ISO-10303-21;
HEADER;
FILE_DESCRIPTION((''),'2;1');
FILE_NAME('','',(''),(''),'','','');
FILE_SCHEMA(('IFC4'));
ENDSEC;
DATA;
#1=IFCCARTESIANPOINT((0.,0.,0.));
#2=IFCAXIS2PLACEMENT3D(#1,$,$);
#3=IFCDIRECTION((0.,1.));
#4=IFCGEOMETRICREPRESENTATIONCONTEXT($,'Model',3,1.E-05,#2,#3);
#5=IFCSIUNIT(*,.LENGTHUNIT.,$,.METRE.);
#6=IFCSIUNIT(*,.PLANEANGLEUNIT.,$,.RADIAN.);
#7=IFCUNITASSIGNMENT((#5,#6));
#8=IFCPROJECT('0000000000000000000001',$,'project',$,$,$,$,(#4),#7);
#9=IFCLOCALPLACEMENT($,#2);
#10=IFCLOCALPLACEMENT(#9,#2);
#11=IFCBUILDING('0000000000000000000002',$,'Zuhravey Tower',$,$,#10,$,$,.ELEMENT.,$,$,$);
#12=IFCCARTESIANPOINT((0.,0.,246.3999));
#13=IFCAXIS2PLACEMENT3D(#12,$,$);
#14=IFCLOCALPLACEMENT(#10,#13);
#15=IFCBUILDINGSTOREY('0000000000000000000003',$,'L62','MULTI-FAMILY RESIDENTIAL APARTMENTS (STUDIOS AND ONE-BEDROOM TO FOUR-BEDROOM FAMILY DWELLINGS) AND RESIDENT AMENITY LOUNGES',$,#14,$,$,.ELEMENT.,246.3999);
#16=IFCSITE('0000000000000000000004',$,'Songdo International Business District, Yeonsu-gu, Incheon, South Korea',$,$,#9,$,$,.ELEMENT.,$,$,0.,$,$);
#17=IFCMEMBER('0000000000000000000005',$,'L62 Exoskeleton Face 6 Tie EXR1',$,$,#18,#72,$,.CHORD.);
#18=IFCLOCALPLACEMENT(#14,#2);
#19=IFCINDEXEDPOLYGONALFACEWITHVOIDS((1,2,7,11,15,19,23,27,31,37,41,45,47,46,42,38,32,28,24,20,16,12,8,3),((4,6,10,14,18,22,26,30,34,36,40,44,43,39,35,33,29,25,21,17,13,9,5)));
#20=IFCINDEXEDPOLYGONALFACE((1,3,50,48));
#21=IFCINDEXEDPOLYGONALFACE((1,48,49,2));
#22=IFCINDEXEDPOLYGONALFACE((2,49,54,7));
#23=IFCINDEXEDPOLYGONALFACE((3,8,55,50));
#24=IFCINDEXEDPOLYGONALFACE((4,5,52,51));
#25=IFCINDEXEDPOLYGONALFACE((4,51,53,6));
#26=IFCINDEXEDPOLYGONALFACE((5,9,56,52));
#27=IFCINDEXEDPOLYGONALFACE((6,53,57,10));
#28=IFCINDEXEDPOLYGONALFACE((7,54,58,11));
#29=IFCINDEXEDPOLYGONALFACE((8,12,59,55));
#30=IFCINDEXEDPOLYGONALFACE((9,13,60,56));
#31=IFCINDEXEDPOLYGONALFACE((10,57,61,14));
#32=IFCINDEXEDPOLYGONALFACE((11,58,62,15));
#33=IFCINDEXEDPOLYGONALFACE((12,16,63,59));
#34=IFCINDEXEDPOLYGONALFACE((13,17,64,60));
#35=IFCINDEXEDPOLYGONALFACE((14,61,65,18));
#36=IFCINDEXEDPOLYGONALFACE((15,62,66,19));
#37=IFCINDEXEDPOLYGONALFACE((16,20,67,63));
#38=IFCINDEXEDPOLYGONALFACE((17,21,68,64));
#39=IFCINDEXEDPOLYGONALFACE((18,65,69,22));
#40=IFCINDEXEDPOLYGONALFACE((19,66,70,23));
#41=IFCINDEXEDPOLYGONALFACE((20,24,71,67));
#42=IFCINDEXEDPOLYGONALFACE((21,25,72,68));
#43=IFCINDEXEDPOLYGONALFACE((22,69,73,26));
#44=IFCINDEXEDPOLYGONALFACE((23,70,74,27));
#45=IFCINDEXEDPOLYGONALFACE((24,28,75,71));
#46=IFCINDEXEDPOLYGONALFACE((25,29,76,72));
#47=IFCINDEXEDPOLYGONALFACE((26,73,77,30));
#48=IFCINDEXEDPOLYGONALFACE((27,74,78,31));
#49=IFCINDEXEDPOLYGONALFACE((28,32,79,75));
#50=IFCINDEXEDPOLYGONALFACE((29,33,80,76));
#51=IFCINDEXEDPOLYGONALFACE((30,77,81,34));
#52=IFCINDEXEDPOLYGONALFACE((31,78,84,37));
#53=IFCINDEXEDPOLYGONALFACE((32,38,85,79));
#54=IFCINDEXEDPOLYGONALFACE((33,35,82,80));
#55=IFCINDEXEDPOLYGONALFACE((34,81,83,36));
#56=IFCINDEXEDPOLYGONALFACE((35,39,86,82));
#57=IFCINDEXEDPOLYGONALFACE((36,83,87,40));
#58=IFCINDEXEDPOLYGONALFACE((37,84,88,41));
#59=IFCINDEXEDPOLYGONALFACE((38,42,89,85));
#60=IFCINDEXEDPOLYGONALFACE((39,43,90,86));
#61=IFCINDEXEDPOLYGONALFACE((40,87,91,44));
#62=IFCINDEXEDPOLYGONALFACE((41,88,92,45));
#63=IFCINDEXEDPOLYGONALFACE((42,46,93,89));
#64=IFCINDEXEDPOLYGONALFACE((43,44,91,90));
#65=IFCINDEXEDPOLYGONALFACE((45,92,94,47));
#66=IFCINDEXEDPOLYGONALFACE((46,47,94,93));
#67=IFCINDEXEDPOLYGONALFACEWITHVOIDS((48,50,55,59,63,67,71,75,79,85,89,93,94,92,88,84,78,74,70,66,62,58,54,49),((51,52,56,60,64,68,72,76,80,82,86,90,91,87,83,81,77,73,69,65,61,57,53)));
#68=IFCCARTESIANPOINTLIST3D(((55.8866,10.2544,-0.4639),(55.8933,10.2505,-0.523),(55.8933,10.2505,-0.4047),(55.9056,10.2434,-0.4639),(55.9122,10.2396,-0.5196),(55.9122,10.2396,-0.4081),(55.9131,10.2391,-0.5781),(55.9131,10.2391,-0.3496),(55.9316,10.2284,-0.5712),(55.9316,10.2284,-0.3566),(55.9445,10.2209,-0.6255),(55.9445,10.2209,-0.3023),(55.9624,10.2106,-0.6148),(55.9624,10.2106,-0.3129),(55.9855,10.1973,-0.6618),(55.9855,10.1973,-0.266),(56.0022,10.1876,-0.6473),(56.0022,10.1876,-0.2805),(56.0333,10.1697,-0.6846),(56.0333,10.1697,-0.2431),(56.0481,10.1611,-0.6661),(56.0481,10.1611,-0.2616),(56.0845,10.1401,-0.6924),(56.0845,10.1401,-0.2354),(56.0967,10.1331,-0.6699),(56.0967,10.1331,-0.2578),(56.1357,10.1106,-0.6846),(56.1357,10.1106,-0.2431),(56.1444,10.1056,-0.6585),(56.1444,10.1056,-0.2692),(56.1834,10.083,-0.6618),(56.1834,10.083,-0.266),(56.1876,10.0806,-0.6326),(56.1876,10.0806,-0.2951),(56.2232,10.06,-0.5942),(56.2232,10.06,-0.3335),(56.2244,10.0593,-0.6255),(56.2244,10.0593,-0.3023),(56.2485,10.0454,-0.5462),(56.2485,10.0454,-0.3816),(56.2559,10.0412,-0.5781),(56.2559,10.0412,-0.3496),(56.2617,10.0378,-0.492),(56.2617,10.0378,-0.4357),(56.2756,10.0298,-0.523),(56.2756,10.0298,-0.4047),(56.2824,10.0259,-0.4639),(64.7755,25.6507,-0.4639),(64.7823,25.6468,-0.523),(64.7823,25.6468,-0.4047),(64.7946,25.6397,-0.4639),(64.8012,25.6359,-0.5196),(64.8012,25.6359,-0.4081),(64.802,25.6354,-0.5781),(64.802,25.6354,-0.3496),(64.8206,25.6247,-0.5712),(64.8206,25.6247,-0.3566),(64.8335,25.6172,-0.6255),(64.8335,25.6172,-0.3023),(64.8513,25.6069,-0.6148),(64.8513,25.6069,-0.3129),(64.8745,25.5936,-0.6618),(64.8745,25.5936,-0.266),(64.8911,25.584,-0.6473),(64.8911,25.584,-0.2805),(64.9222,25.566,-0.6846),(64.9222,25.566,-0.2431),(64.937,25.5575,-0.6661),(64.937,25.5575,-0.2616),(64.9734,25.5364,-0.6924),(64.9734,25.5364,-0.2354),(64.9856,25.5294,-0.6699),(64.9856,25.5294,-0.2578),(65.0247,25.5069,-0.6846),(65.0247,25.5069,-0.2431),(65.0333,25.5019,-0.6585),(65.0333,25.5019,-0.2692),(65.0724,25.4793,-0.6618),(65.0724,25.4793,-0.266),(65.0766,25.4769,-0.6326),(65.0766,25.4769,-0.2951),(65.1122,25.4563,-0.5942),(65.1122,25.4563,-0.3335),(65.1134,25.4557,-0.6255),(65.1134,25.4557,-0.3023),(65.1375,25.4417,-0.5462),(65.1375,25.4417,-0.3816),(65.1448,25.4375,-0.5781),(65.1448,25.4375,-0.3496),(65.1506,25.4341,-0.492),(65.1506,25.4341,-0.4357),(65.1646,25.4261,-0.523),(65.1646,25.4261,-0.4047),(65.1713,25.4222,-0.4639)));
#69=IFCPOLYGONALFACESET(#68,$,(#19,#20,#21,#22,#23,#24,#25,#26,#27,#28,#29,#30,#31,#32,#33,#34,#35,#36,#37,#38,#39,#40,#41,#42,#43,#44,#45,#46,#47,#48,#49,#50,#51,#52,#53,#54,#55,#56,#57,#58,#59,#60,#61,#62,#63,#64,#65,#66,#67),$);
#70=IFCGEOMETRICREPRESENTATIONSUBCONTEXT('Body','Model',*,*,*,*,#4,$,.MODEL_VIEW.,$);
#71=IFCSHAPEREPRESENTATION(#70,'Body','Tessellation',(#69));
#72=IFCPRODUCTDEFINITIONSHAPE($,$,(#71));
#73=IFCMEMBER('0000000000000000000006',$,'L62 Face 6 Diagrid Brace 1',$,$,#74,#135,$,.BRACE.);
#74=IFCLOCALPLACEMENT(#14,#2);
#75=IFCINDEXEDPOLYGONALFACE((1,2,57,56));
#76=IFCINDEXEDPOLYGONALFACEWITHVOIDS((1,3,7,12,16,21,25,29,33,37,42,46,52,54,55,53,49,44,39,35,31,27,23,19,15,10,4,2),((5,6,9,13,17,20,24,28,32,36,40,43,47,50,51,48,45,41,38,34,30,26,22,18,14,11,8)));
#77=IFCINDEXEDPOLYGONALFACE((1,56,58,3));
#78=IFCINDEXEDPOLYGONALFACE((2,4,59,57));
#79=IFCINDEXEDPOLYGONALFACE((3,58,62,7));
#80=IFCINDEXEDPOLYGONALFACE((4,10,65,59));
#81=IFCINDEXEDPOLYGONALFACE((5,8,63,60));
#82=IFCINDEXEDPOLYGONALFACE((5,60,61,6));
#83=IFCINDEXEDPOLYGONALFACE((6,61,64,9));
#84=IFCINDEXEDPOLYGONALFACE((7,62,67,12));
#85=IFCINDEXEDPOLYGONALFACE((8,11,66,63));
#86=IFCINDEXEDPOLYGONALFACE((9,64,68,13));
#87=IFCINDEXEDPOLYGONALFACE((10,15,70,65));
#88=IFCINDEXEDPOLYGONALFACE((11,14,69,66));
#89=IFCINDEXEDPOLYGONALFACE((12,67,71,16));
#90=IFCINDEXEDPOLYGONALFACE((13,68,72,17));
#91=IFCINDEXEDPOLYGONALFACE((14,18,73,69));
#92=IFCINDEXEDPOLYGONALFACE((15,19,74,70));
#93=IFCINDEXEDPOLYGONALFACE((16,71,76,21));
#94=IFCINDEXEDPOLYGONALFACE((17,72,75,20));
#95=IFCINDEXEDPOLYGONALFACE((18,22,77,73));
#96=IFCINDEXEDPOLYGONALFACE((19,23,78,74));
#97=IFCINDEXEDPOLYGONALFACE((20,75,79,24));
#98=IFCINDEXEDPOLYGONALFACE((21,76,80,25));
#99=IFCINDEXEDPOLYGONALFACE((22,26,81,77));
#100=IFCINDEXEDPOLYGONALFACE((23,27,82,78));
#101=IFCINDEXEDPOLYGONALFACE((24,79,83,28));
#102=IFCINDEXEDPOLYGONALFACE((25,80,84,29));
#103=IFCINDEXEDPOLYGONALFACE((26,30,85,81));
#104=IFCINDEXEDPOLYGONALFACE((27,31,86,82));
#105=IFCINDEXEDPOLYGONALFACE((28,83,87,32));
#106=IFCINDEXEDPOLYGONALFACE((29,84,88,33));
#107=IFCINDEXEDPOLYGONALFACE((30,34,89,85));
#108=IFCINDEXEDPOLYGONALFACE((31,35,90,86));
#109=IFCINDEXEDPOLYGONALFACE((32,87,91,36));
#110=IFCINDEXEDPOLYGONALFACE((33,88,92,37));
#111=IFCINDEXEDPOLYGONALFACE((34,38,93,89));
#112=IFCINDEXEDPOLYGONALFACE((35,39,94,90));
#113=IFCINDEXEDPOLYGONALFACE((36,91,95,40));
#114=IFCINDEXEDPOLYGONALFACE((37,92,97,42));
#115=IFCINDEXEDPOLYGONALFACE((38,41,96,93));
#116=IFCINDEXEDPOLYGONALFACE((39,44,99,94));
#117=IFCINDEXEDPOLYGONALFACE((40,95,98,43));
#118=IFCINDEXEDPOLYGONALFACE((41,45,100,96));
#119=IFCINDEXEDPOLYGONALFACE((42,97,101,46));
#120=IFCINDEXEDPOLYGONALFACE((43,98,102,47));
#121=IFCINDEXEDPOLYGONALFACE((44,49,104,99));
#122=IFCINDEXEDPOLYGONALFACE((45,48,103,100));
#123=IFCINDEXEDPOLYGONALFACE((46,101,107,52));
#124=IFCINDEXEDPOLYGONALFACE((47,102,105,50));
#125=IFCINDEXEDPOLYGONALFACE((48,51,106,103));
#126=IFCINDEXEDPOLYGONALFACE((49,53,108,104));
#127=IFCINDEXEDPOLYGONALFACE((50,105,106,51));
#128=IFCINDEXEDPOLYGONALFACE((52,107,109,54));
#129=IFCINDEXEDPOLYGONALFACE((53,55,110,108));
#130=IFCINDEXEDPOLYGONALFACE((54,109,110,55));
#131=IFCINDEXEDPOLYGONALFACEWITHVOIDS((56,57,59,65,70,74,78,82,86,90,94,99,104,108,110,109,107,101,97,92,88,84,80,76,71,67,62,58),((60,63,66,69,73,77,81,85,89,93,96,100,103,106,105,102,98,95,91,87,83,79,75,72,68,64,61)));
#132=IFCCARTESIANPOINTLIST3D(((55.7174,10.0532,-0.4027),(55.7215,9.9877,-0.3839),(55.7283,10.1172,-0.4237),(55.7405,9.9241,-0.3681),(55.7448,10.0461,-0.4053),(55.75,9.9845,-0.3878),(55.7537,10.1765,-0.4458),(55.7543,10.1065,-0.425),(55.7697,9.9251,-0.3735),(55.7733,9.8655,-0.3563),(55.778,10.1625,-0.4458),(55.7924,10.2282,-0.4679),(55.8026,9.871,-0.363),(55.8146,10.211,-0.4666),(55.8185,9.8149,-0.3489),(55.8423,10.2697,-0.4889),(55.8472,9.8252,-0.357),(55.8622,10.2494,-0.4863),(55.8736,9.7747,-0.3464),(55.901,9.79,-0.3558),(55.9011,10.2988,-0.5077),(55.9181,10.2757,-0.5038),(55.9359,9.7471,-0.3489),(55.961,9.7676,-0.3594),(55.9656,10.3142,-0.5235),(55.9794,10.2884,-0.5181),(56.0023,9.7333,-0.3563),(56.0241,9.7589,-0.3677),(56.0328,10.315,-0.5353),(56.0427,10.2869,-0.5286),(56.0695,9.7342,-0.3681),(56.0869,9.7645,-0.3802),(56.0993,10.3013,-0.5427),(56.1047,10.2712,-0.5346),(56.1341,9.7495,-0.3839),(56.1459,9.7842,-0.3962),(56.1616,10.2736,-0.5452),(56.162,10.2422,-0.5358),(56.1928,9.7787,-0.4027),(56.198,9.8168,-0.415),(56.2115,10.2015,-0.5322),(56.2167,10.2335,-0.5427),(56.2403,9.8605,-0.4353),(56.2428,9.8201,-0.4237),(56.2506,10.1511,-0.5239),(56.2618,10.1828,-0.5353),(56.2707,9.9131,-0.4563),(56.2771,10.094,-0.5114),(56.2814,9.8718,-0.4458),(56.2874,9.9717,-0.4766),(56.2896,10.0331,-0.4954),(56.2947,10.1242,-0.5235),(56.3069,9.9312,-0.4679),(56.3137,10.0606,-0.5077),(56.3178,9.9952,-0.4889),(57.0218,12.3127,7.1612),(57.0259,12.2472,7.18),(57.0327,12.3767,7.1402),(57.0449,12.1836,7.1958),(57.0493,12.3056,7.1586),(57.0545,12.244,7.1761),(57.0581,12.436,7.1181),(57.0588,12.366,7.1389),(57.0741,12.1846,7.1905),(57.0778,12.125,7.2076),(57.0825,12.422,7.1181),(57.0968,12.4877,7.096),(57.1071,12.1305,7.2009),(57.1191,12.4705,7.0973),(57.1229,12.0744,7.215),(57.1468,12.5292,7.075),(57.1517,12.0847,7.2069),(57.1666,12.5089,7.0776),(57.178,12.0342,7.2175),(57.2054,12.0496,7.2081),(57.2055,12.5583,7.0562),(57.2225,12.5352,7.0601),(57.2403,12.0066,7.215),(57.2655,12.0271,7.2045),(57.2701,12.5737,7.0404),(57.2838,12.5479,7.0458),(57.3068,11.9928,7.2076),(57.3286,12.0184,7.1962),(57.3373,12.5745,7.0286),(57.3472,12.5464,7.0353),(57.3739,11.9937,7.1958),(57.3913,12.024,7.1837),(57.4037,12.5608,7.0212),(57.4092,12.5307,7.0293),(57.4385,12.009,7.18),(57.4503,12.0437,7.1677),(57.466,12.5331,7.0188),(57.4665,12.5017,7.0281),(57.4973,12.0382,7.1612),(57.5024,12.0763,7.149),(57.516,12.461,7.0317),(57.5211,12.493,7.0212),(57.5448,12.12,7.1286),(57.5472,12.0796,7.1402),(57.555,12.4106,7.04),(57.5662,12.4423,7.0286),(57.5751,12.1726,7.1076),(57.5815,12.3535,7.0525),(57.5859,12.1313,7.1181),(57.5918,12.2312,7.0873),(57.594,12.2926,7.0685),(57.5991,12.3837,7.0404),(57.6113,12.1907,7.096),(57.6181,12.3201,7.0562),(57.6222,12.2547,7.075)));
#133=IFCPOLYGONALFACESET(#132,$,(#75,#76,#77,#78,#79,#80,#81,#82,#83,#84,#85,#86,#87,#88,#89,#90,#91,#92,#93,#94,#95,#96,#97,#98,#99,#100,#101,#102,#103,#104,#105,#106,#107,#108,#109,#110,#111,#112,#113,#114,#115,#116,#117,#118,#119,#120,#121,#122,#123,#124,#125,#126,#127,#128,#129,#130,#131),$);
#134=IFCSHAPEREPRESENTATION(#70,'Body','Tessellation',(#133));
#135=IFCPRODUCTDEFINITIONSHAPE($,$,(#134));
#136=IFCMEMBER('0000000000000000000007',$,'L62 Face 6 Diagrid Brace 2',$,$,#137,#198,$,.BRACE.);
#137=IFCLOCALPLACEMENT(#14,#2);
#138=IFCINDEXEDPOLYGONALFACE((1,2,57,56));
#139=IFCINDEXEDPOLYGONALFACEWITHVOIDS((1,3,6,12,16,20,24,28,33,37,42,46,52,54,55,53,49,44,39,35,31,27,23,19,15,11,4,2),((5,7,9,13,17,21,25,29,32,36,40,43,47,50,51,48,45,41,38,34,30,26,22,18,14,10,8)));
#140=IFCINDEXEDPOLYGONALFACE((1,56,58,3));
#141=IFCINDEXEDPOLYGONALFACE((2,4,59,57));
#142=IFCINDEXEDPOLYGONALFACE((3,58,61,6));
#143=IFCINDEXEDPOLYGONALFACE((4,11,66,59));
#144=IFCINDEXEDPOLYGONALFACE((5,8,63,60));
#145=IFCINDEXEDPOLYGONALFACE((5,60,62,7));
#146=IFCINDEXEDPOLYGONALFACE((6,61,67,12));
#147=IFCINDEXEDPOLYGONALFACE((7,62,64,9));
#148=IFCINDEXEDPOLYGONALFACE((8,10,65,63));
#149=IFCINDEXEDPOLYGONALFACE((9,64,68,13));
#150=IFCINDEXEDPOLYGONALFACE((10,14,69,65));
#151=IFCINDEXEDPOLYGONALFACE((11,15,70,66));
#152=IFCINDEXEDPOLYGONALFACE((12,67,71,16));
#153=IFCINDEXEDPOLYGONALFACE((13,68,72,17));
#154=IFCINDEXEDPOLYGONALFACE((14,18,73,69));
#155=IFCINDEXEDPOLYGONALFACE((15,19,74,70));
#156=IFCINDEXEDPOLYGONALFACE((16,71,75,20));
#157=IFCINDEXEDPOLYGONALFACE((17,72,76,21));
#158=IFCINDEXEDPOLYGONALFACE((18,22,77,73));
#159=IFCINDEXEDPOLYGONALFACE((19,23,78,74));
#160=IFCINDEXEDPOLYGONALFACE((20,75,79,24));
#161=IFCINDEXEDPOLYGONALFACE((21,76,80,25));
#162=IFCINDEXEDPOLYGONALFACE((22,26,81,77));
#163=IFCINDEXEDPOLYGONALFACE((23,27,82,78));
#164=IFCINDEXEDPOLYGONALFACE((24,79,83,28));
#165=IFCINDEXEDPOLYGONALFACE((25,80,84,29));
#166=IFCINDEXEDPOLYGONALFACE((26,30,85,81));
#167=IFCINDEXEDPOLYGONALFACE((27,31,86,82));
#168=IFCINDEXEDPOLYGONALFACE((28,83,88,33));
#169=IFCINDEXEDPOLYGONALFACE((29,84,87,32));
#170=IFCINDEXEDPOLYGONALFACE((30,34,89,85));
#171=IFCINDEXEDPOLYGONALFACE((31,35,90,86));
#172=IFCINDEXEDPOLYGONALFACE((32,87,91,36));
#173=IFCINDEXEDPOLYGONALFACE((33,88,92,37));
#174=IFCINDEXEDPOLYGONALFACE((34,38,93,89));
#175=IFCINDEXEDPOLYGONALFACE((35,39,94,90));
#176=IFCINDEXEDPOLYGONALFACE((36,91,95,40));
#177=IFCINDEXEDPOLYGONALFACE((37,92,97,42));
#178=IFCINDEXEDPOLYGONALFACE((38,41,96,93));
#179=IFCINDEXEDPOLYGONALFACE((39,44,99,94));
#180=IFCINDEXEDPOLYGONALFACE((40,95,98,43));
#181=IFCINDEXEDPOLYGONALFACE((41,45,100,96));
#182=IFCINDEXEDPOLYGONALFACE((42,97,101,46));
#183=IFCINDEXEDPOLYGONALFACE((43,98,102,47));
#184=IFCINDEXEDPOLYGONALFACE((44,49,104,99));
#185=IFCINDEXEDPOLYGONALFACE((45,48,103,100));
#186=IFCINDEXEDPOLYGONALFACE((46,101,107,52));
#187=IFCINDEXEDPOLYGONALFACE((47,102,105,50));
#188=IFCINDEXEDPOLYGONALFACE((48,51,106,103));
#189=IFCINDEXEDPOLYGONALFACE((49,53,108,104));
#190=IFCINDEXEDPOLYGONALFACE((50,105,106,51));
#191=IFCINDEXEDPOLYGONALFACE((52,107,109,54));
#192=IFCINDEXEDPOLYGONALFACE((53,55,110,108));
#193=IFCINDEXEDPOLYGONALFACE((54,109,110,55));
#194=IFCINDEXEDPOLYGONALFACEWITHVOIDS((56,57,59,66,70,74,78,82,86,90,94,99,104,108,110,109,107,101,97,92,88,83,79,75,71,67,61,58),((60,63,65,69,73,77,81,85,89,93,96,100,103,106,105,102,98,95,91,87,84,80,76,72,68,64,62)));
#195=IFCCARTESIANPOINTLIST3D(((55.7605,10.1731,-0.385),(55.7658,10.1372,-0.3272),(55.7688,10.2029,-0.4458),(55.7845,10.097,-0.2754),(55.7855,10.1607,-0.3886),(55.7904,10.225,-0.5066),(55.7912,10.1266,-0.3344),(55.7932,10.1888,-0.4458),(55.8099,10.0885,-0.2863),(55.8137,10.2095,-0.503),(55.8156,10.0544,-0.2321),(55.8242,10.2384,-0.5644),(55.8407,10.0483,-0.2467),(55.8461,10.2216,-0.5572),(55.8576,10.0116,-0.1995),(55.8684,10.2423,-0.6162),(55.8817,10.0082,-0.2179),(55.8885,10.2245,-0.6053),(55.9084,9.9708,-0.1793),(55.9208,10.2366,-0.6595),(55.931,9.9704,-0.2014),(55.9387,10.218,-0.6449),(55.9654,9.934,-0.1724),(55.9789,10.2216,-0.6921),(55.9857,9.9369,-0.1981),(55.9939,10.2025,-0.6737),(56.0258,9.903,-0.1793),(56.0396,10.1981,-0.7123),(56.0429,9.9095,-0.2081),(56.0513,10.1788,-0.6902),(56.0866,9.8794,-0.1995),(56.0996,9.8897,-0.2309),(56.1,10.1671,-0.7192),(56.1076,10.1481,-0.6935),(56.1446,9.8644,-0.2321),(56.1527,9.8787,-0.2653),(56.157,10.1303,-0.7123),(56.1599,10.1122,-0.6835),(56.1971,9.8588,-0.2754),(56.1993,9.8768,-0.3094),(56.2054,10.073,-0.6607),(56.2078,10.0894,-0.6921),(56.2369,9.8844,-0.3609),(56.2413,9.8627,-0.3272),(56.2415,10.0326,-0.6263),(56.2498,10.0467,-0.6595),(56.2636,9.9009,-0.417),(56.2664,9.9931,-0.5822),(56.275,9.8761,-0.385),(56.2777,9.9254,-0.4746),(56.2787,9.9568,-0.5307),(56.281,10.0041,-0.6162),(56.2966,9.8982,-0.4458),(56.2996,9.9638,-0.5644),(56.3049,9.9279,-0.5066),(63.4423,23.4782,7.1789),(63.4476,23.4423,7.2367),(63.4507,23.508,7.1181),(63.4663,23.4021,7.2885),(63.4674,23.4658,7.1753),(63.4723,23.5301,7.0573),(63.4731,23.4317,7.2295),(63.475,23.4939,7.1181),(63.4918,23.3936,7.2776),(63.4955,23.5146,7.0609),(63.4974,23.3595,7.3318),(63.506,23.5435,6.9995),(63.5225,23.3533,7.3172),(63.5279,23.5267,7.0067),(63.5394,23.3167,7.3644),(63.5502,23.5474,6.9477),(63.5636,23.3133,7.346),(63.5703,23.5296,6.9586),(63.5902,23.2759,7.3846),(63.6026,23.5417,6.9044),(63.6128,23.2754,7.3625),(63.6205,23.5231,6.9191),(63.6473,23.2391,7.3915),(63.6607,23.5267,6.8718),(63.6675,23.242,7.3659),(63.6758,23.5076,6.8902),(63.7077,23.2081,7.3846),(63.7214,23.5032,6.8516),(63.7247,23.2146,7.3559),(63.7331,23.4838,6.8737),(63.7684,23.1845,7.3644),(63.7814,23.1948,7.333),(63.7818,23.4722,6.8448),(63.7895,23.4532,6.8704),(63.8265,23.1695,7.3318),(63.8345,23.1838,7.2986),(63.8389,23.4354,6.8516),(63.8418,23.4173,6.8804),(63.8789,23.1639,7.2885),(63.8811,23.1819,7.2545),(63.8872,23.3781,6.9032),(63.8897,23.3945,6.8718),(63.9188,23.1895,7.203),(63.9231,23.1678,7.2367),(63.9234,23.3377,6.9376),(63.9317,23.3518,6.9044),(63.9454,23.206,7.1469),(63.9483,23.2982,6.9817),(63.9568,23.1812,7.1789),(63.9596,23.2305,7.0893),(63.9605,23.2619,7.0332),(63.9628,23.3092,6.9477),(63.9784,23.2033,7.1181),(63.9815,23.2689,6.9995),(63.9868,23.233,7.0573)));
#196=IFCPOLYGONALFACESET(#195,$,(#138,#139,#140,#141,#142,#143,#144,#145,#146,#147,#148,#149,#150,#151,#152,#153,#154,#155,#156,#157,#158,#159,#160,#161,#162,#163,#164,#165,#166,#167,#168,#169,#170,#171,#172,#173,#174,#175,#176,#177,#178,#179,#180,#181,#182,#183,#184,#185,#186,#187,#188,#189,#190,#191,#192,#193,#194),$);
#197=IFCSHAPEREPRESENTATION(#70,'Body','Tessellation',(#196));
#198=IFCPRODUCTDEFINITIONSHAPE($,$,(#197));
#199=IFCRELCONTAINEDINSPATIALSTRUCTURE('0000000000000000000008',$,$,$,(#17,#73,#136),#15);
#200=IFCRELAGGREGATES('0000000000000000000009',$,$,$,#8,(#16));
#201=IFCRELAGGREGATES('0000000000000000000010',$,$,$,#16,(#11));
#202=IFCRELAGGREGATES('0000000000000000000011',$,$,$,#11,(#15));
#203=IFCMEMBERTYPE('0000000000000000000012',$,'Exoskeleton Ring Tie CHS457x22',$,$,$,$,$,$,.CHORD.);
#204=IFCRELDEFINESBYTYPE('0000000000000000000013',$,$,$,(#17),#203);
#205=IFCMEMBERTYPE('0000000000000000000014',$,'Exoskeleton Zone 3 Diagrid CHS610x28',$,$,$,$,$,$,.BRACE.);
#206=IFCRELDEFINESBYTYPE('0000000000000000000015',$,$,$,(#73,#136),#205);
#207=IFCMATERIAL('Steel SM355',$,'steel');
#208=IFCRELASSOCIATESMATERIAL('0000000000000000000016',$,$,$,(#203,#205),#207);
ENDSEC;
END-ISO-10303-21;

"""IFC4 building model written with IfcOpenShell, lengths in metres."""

from ifc_helpers import new_model, si_unit, direction, frame, origin, origin_2d, place, context, subcontext, project, spatial, hollow_circle, extrude, material, material_profile, profile_set, type_object, element, save


model = new_model("IFC4")

# Units and contexts
model_context = context("Model", 3, precision=1e-05, world=origin(), true_north=direction((0.0, 1.0)))
body_context = subcontext(model_context, "Body", "Model", "MODEL_VIEW")
ifc_project = project(units=[si_unit("LENGTHUNIT", "METRE"), si_unit("PLANEANGLEUNIT", "RADIAN")], contexts=[model_context])

# Site, building, storey
site_placement = place(None, origin())
site = spatial("IfcSite", under=ifc_project, at=site_placement, Name="Songdo International Business District, Yeonsu-gu, Incheon, South Korea", CompositionType="ELEMENT", RefElevation=0.0)
building_placement = place(site_placement, origin())
building = spatial("IfcBuilding", under=site, at=building_placement, Name="Zuhravey Tower", CompositionType="ELEMENT")
storey_placement = place(building_placement, frame((0.0, 0.0, 246.3999)))
storey = spatial("IfcBuildingStorey", under=building, at=storey_placement, Name="L62", Description="MULTI-FAMILY RESIDENTIAL APARTMENTS (STUDIOS AND ONE-BEDROOM TO FOUR-BEDROOM FAMILY DWELLINGS) AND RESIDENT AMENITY LOUNGES", CompositionType="ELEMENT", Elevation=246.3999)

# Members
ifc_material_1 = material(Name="Steel SM355", Category="steel")
ifc_material_profile_1 = material_profile(ifc_material_1, hollow_circle(Radius=0.2285, WallThickness=0.022, at=origin_2d()), Name="CHS-457.2x22")
ifc_profile_set_1 = profile_set([ifc_material_profile_1], Name="Steel SM355")
member_type_1 = type_object("IfcMemberType", Name="Exoskeleton Ring Tie CHS457x22", PredefinedType="CHORD", material=ifc_profile_set_1)
member_1_placement = place(storey_placement, frame((56.0845, 10.1401, -0.4639), z_axis=(0.499995, 0.866028, 0.0), x_axis=(-0.866028, 0.499995, 0.0)))
element("IfcMember", 1, at=member_1_placement, inside=storey, type_object=member_type_1, Name="L62 Exoskeleton Face 6 Tie EXR1", PredefinedType="CHORD", context=body_context, shape_type="SweptSolid", body=[
    extrude(hollow_circle(Radius=0.2285, WallThickness=0.022, at=origin_2d()), origin(), (0.0, 0.0, 1.0), 17.7781),
])
ifc_material_profile_2 = material_profile(ifc_material_1, hollow_circle(Radius=0.3047, WallThickness=0.0281, at=origin_2d()), Name="CHS-609.6x28")
ifc_profile_set_2 = profile_set([ifc_material_profile_2], Name="Steel SM355")
member_type_2 = type_object("IfcMemberType", Name="Exoskeleton Zone 3 Diagrid CHS610x28", PredefinedType="BRACE", material=ifc_profile_set_2)
member_2_placement = place(storey_placement, frame((56.0176, 10.0242, -0.4458), z_axis=(0.163029, 0.282395, 0.945344), x_axis=(-0.866041, 0.499974, 0.0)))
element("IfcMember", 2, at=member_2_placement, inside=storey, type_object=member_type_2, Name="L62 Face 6 Diagrid Brace 1", PredefinedType="BRACE", context=body_context, shape_type="SweptSolid", body=[
    extrude(hollow_circle(Radius=0.3047, WallThickness=0.0281, at=origin_2d()), origin(), (0.0, 0.0, 1.0), 8.0012),
])
member_3_placement = place(storey_placement, frame((56.0327, 10.0505, -0.4458), z_axis=(0.448587, 0.776962, 0.441701), x_axis=(-0.866022, 0.500007, 0.0)))
element("IfcMember", 3, at=member_3_placement, inside=storey, type_object=member_type_2, Name="L62 Face 6 Diagrid Brace 2", PredefinedType="BRACE", context=body_context, shape_type="SweptSolid", body=[
    extrude(hollow_circle(Radius=0.3047, WallThickness=0.0281, at=origin_2d()), origin(), (0.0, 0.0, 1.0), 17.1245),
])

save(model, "model.ifc")
